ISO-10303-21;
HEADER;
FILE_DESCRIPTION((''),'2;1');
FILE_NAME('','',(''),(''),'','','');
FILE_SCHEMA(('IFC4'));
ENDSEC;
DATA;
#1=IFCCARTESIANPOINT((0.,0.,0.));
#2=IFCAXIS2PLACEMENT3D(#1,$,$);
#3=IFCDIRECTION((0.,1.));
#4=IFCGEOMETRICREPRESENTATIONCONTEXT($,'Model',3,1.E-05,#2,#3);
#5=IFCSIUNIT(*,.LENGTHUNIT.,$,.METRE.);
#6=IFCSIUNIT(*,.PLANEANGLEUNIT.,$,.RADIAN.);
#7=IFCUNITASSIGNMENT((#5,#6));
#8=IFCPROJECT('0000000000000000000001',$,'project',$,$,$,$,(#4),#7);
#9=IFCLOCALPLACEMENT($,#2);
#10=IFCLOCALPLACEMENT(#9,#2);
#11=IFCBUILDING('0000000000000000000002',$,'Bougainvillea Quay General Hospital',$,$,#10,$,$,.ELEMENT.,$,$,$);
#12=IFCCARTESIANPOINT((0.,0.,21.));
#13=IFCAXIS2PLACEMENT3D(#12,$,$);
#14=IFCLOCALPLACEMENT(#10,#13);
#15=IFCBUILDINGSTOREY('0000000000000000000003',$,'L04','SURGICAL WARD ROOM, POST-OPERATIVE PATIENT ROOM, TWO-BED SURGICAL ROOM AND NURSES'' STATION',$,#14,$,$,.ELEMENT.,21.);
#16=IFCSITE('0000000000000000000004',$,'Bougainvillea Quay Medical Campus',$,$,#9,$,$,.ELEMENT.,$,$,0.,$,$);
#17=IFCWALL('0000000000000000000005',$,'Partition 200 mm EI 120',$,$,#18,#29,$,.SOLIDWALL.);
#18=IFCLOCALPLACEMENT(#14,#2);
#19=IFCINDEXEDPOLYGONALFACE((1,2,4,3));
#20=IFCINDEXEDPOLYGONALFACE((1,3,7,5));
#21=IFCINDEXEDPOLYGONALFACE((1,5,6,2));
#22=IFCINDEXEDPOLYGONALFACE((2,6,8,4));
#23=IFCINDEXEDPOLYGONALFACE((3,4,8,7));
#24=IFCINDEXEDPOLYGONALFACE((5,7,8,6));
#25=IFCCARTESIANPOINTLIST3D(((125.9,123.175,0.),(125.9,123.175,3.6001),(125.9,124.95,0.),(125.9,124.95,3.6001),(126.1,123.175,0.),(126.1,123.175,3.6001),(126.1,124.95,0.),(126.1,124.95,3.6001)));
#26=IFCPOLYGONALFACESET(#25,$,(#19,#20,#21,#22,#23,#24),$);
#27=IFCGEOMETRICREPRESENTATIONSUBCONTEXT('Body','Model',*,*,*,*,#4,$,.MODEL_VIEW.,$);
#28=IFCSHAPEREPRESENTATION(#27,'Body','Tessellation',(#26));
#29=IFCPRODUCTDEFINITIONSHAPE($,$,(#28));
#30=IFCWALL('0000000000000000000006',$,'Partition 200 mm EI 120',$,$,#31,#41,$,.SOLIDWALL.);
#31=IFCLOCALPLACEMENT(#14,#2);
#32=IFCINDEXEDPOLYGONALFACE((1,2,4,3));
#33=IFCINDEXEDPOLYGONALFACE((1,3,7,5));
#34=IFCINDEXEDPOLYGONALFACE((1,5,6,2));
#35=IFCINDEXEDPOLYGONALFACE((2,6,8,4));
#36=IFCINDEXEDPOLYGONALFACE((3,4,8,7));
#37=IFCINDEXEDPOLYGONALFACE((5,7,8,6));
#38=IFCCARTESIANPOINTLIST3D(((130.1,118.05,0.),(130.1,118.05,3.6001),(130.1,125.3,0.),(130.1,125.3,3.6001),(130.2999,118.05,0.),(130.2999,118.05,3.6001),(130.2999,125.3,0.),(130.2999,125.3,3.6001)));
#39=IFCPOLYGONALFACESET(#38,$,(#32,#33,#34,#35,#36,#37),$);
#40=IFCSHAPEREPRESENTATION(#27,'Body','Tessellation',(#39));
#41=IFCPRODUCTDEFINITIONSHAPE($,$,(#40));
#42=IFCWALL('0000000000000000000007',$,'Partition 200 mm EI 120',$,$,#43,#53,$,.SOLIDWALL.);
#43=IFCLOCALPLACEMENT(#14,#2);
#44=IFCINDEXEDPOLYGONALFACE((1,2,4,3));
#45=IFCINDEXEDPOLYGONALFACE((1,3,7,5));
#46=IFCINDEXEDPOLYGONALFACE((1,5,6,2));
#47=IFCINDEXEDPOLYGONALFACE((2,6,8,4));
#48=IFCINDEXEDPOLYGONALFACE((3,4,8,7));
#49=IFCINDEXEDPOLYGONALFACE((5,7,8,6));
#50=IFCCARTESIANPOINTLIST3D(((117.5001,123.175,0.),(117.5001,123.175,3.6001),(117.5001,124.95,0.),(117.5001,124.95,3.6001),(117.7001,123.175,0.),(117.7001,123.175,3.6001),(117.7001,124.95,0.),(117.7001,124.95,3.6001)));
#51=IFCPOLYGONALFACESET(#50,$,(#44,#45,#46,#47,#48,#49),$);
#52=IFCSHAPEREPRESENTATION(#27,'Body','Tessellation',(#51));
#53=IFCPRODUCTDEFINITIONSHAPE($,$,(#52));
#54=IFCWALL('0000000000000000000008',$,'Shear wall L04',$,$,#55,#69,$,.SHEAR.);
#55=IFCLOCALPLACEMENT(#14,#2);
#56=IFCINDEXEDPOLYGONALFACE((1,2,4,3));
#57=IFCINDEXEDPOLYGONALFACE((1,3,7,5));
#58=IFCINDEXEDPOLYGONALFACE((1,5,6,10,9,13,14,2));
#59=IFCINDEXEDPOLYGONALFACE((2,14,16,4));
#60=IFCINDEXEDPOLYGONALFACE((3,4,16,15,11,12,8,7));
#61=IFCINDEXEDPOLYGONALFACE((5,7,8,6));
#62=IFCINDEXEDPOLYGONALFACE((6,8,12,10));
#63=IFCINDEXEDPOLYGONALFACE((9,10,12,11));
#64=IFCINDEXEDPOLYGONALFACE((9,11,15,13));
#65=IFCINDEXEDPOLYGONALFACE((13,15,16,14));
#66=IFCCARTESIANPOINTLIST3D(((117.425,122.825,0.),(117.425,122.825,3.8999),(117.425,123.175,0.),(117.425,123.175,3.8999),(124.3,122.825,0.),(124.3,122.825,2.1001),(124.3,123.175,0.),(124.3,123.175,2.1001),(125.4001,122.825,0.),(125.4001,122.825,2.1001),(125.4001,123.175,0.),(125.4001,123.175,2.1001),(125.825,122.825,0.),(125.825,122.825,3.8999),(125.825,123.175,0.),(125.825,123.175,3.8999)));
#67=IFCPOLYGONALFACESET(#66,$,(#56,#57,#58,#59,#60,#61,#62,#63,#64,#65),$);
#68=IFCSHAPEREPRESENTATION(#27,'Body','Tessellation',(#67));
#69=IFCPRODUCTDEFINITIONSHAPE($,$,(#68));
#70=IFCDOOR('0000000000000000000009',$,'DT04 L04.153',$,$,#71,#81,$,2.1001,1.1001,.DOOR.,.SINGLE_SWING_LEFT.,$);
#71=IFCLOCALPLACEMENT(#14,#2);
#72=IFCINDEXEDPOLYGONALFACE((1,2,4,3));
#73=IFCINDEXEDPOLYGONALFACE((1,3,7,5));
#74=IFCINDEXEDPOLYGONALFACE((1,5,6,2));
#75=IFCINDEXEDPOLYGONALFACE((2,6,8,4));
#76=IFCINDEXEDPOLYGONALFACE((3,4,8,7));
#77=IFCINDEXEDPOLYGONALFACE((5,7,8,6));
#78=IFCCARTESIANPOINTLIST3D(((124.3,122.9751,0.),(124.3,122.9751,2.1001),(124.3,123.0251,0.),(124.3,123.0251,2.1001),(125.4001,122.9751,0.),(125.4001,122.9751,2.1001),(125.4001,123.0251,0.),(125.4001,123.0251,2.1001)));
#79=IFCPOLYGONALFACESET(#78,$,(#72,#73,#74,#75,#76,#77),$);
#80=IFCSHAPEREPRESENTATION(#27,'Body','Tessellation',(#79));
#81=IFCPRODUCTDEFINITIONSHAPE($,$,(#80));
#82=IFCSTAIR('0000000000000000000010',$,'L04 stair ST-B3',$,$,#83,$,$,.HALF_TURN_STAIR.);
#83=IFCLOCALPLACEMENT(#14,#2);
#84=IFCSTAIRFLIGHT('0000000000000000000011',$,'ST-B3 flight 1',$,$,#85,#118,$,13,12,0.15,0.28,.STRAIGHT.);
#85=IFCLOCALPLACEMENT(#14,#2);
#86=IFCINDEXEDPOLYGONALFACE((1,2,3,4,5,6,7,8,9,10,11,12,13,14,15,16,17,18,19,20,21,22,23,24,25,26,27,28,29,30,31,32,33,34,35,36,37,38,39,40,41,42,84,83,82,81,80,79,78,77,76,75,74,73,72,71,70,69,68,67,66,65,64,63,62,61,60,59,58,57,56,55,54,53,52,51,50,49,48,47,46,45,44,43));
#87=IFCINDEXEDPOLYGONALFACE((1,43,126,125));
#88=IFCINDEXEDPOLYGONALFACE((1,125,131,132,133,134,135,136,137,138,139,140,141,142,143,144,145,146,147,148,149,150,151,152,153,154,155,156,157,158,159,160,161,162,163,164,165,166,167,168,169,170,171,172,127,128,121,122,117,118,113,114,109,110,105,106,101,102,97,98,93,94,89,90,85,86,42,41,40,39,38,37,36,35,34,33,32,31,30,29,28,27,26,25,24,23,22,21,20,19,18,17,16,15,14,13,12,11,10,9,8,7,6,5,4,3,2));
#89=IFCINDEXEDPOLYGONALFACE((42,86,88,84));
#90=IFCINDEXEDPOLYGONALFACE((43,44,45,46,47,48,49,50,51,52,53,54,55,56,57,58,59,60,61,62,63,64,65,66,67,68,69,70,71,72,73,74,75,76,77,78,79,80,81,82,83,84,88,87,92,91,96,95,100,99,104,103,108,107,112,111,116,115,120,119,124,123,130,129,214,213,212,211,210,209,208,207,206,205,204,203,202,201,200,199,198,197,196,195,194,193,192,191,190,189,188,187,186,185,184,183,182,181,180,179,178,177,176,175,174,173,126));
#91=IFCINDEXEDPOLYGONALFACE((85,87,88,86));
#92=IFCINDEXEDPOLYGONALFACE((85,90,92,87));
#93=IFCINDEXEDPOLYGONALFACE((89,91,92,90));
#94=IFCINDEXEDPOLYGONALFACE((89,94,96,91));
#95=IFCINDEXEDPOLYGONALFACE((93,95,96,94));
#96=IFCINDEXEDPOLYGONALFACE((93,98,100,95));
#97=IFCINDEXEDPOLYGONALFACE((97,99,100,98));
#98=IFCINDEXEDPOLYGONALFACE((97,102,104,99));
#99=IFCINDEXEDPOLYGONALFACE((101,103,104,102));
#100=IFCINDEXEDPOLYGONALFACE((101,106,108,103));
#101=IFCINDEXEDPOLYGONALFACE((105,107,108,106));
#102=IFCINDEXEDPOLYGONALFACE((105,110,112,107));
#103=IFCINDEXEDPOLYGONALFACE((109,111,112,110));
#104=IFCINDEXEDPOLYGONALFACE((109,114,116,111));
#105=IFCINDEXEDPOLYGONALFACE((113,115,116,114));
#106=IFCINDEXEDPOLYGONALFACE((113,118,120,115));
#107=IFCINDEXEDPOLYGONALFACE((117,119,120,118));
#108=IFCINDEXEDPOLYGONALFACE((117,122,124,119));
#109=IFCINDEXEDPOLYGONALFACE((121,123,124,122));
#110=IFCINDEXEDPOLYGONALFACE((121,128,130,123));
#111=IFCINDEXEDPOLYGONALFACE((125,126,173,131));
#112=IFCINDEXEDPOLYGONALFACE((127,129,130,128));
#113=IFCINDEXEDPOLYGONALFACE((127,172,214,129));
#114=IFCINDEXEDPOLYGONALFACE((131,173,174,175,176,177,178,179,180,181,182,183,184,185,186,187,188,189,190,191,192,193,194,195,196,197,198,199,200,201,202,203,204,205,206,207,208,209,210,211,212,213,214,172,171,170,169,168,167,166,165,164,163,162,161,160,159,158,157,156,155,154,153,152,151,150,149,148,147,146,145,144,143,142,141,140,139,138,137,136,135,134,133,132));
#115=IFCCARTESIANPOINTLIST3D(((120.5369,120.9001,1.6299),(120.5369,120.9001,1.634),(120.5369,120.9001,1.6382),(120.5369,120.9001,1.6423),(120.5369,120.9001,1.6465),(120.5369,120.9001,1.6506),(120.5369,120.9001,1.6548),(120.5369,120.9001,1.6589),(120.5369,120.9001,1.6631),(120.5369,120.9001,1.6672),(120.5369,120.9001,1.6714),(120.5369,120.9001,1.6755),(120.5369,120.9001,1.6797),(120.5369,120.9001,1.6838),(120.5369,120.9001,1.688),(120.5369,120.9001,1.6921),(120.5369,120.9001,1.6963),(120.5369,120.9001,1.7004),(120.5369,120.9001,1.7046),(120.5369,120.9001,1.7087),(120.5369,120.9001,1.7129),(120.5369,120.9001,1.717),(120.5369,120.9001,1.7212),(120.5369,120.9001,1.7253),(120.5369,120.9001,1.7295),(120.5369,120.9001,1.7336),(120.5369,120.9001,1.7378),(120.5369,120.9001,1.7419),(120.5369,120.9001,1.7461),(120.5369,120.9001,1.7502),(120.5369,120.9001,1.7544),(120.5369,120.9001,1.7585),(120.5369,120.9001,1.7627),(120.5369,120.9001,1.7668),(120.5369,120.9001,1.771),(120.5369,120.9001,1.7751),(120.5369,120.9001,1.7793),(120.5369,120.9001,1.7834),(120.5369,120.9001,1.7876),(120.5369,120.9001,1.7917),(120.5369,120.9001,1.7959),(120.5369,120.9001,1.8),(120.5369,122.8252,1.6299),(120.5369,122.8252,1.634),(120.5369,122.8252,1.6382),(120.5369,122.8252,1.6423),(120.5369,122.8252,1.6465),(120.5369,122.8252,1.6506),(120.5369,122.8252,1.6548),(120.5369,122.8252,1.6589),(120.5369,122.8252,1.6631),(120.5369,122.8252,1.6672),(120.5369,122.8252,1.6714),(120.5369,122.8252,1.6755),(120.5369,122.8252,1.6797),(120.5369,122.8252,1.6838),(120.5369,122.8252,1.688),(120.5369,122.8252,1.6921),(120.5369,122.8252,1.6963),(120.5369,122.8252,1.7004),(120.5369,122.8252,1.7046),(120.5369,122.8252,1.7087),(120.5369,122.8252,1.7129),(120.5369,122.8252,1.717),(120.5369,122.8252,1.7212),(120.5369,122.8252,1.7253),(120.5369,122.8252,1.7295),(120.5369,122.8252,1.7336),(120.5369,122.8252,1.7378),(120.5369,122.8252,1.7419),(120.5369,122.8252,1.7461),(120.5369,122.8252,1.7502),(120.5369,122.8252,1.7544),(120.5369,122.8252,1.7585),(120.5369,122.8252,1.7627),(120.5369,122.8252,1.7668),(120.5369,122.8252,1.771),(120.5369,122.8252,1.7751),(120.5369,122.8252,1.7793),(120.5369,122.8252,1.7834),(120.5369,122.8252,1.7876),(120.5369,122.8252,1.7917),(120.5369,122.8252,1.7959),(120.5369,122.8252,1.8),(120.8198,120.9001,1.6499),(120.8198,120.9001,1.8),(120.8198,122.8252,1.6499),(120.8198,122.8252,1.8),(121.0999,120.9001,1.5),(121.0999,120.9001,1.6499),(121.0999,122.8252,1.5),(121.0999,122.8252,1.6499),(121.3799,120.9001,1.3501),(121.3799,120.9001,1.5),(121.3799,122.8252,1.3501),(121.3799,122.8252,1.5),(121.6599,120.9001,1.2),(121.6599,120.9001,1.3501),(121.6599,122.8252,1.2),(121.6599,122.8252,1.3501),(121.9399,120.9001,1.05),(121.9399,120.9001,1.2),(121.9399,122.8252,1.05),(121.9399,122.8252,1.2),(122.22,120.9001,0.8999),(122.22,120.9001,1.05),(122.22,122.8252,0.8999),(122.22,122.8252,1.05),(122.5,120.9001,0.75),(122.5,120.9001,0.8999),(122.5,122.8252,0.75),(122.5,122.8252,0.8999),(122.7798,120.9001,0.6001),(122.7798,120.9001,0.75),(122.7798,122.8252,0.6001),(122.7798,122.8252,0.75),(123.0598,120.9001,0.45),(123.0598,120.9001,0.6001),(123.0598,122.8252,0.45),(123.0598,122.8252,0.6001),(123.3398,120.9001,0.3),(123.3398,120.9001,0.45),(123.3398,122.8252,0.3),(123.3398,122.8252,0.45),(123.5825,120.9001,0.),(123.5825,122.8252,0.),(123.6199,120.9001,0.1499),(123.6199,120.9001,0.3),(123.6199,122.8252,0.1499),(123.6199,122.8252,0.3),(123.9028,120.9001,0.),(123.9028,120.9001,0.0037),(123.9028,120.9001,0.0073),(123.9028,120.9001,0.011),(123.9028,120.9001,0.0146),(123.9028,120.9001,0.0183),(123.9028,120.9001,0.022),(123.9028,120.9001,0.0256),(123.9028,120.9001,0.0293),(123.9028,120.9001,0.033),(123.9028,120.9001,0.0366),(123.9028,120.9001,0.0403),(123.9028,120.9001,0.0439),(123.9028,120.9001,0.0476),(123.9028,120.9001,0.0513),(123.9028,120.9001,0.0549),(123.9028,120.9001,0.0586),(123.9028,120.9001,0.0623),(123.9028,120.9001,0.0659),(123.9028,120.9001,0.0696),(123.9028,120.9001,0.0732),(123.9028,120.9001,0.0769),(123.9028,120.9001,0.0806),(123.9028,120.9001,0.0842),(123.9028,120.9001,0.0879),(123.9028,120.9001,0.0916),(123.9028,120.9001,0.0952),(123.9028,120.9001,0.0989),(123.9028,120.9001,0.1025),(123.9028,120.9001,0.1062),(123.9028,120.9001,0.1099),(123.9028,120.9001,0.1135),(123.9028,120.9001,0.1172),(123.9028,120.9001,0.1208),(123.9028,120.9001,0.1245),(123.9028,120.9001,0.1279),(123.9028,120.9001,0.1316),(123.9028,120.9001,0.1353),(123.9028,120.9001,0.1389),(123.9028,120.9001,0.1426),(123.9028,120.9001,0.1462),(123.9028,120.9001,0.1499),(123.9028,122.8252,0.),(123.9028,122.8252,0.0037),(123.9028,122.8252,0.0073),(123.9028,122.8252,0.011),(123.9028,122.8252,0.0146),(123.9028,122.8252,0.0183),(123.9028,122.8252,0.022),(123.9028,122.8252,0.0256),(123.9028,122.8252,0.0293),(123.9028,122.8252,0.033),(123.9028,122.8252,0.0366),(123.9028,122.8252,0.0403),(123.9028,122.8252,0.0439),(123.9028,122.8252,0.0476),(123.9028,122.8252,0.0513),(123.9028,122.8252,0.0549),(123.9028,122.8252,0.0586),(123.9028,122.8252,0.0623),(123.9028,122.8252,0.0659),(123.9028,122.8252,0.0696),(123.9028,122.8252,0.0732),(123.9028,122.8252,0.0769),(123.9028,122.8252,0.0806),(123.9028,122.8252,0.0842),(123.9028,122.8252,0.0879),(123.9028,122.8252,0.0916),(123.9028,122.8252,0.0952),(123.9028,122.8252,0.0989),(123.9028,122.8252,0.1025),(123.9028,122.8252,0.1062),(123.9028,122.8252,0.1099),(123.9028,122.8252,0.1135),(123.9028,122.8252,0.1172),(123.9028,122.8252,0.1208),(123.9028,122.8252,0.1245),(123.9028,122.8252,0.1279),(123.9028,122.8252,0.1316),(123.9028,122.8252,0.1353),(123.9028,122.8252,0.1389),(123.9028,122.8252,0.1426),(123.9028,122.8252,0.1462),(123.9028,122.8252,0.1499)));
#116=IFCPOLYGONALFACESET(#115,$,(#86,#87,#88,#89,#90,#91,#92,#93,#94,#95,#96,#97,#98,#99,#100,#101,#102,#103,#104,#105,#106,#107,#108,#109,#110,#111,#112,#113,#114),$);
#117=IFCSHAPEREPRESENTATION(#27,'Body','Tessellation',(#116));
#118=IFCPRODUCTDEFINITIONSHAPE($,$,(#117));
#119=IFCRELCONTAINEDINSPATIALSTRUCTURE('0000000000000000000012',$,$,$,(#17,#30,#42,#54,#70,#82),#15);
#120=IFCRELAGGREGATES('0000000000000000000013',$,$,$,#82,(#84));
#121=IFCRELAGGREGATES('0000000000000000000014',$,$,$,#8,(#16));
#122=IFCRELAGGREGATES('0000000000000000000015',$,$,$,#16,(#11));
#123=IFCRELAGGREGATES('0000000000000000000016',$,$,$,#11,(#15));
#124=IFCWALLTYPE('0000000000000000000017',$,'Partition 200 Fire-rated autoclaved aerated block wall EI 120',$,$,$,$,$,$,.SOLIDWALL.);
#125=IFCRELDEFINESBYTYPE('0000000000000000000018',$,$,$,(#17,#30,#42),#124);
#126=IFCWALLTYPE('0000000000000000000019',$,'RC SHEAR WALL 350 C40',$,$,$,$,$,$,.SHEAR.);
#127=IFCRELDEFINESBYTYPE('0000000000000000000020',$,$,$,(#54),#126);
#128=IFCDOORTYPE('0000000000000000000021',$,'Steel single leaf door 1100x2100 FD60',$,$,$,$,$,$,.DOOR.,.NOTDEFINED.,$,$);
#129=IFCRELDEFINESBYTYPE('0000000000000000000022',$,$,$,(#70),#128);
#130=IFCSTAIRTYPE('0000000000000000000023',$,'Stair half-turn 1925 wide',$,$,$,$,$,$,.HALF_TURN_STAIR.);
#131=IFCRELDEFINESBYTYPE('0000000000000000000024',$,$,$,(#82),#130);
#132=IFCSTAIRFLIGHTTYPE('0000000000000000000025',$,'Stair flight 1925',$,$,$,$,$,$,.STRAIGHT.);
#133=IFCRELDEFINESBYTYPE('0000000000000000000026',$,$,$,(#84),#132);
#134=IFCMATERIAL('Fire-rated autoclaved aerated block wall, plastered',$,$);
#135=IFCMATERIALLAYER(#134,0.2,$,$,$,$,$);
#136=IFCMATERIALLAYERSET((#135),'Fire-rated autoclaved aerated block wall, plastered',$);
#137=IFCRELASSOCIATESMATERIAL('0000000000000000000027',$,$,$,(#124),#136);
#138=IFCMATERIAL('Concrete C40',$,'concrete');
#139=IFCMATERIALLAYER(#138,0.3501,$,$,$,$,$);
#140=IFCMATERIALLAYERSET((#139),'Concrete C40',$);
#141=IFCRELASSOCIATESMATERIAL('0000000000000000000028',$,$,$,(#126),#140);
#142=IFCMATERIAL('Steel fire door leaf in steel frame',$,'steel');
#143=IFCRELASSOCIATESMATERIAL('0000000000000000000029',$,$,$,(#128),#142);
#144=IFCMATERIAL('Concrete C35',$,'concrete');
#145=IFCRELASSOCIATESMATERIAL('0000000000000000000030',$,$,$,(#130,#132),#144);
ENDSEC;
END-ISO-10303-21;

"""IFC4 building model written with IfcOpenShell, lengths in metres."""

from ifc_helpers import new_model, si_unit, direction, frame, frame_2d, origin, place, context, subcontext, project, spatial, polyline, rectangle, outline, extrude, material, layer, layer_set, type_object, element, fill, aggregate, save


model = new_model("IFC4")

# Units and contexts
model_context = context("Model", 3, precision=1e-05, world=origin(), true_north=direction((0.0, 1.0)))
body_context = subcontext(model_context, "Body", "Model", "MODEL_VIEW")
ifc_project = project(units=[si_unit("LENGTHUNIT", "METRE"), si_unit("PLANEANGLEUNIT", "RADIAN")], contexts=[model_context])

# Site, building, storey
site_placement = place(None, origin())
site = spatial("IfcSite", under=ifc_project, at=site_placement, Name="Bougainvillea Quay Medical Campus", CompositionType="ELEMENT", RefElevation=0.0)
building_placement = place(site_placement, origin())
building = spatial("IfcBuilding", under=site, at=building_placement, Name="Bougainvillea Quay General Hospital", CompositionType="ELEMENT")
storey_placement = place(building_placement, frame((0.0, 0.0, 21.0)))
storey = spatial("IfcBuildingStorey", under=building, at=storey_placement, Name="L04", Description="SURGICAL WARD ROOM, POST-OPERATIVE PATIENT ROOM, TWO-BED SURGICAL ROOM AND NURSES' STATION", CompositionType="ELEMENT", Elevation=21.0)

# Walls
ifc_material_1 = material(Name="Fire-rated autoclaved aerated block wall, plastered")
ifc_layer_1 = layer(ifc_material_1, 0.2)
ifc_layer_set_1 = layer_set([ifc_layer_1], Name="Fire-rated autoclaved aerated block wall, plastered")
wall_type_1 = type_object("IfcWallType", Name="Partition 200 Fire-rated autoclaved aerated block wall EI 120", PredefinedType="SOLIDWALL", material=ifc_layer_set_1)
wall_1_placement = place(storey_placement, frame((126.0, 123.175, 0.0), z_axis=(0.0, 0.0, 1.0), x_axis=(0.0, 1.0, 0.0)))
element("IfcWall", 1, at=wall_1_placement, inside=storey, type_object=wall_type_1, Name="Partition 200 mm EI 120", PredefinedType="SOLIDWALL", context=body_context, shape_type="SweptSolid", body=[
    extrude(rectangle(XDim=1.7749, YDim=0.2, at=frame_2d((0.8875, 0.0))), origin(), (0.0, 0.0, 1.0), 3.6001),
])
wall_2_placement = place(storey_placement, frame((130.2, 118.05, 0.0), z_axis=(0.0, 0.0, 1.0), x_axis=(0.0, 1.0, 0.0)))
element("IfcWall", 2, at=wall_2_placement, inside=storey, type_object=wall_type_1, Name="Partition 200 mm EI 120", PredefinedType="SOLIDWALL", context=body_context, shape_type="SweptSolid", body=[
    extrude(rectangle(XDim=7.25, YDim=0.2, at=frame_2d((3.625, 0.0))), origin(), (0.0, 0.0, 1.0), 3.6001),
])
wall_3_placement = place(storey_placement, frame((117.6001, 123.175, 0.0), z_axis=(0.0, 0.0, 1.0), x_axis=(0.0, 1.0, 0.0)))
element("IfcWall", 3, at=wall_3_placement, inside=storey, type_object=wall_type_1, Name="Partition 200 mm EI 120", PredefinedType="SOLIDWALL", context=body_context, shape_type="SweptSolid", body=[
    extrude(rectangle(XDim=1.7749, YDim=0.2, at=frame_2d((0.8875, 0.0))), origin(), (0.0, 0.0, 1.0), 3.6001),
])

# Wall, opening, door
ifc_material_2 = material(Name="Concrete C40", Category="concrete")
ifc_layer_2 = layer(ifc_material_2, 0.3501)
ifc_layer_set_2 = layer_set([ifc_layer_2], Name="Concrete C40")
wall_type_2 = type_object("IfcWallType", Name="RC SHEAR WALL 350 C40", PredefinedType="SHEAR", material=ifc_layer_set_2)
wall_4_placement = place(storey_placement, frame((117.425, 123.0, 0.0), z_axis=(0.0, 0.0, 1.0), x_axis=(1.0, 0.0, 0.0)))
wall_4 = element("IfcWall", 4, at=wall_4_placement, inside=storey, type_object=wall_type_2, Name="Shear wall L04", PredefinedType="SHEAR", context=body_context, shape_type="SweptSolid", body=[
    extrude(rectangle(XDim=8.3999, YDim=0.3501, at=frame_2d((4.2, 0.0))), origin(), (0.0, 0.0, 1.0), 3.8999),
])
opening_1_placement = place(wall_4_placement, frame((6.875, 0.0, 0.0)))
opening_1 = element("IfcOpeningElement", 5, at=opening_1_placement, cuts=wall_4, PredefinedType="OPENING", context=body_context, shape_type="SweptSolid", body=[
    extrude(rectangle(XDim=1.1001, YDim=2.1001, at=frame_2d((0.55, 1.05))), frame((0.0, 0.1851, 0.0), z_axis=(0.0, -1.0, 0.0), x_axis=(1.0, 0.0, 0.0)), (0.0, 0.0, 1.0), 0.3701),
])
ifc_material_3 = material(Name="Steel fire door leaf in steel frame", Category="steel")
door_type_1 = type_object("IfcDoorType", Name="Steel single leaf door 1100x2100 FD60", OperationType="NOTDEFINED", PredefinedType="DOOR", material=ifc_material_3)
door_1_placement = place(opening_1_placement, frame((1.1001, 0.0, 0.0), z_axis=(0.0, 0.0, 1.0), x_axis=(-1.0, 0.0, 0.0)))
door_1 = element("IfcDoor", 6, at=door_1_placement, inside=storey, type_object=door_type_1, Name="DT04 L04.153", OperationType="SINGLE_SWING_LEFT", OverallHeight=2.1001, OverallWidth=1.1001, PredefinedType="DOOR", context=body_context, shape_type="SweptSolid", body=[
    extrude(rectangle(XDim=1.1001, YDim=2.1001, at=frame_2d((0.55, 1.05))), frame((0.0, 0.0249, 0.0), z_axis=(0.0, -1.0, 0.0), x_axis=(1.0, 0.0, 0.0)), (0.0, 0.0, 1.0), 0.05),
])
fill(opening_1, door_1)

# Stair, stair flight
ifc_material_4 = material(Name="Concrete C35", Category="concrete")
stair_type = type_object("IfcStairType", Name="Stair half-turn 1925 wide", PredefinedType="HALF_TURN_STAIR", material=ifc_material_4)
stair_placement = place(storey_placement, origin())
stair = element("IfcStair", 7, at=stair_placement, inside=storey, type_object=stair_type, Name="L04 stair ST-B3", PredefinedType="HALF_TURN_STAIR")
stair_flight_type = type_object("IfcStairFlightType", Name="Stair flight 1925", PredefinedType="STRAIGHT", material=ifc_material_4)
stair_flight_1_placement = place(storey_placement, frame((123.8999, 121.8625, 0.0), z_axis=(0.0, 0.0, 1.0), x_axis=(-1.0, 0.0, 0.0)))
stair_flight_1 = element("IfcStairFlight", 8, at=stair_flight_1_placement, type_object=stair_flight_type, Name="ST-B3 flight 1", NumberOfRisers=13, NumberOfTreads=12, PredefinedType="STRAIGHT", RiserHeight=0.15, TreadLength=0.28, context=body_context, shape_type="SweptSolid", body=[
    extrude(outline(polyline([(-0.0029, 0.0), (-0.0029, 0.0037), (-0.0029, 0.0073), (-0.0029, 0.011), (-0.0029, 0.0146), (-0.0029, 0.0183), (-0.0029, 0.022), (-0.0029, 0.0256), (-0.0029, 0.0293), (-0.0029, 0.033), (-0.0029, 0.0366), (-0.0029, 0.0403), (-0.0029, 0.0439), (-0.0029, 0.0476), (-0.0029, 0.0513), (-0.0029, 0.0549), (-0.0029, 0.0586), (-0.0029, 0.0623), (-0.0029, 0.0659), (-0.0029, 0.0696), (-0.0029, 0.0732), (-0.0029, 0.0769), (-0.0029, 0.0806), (-0.0029, 0.0842), (-0.0029, 0.0879), (-0.0029, 0.0916), (-0.0029, 0.0952), (-0.0029, 0.0989), (-0.0029, 0.1025), (-0.0029, 0.1062), (-0.0029, 0.1099), (-0.0029, 0.1135), (-0.0029, 0.1172), (-0.0029, 0.1208), (-0.0029, 0.1245), (-0.0029, 0.1279), (-0.0029, 0.1316), (-0.0029, 0.1353), (-0.0029, 0.1389), (-0.0029, 0.1426), (-0.0029, 0.1462), (-0.0029, 0.1499), (0.28, 0.1499), (0.28, 0.3), (0.5601, 0.3), (0.5601, 0.45), (0.8401, 0.45), (0.8401, 0.6001), (1.1201, 0.6001), (1.1201, 0.75), (1.3999, 0.75), (1.3999, 0.8999), (1.6799, 0.8999), (1.6799, 1.05), (1.96, 1.05), (1.96, 1.2), (2.24, 1.2), (2.24, 1.3501), (2.52, 1.3501), (2.52, 1.5), (2.8, 1.5), (2.8, 1.6499), (3.0801, 1.6499), (3.0801, 1.8), (3.363, 1.8), (3.363, 1.7959), (3.363, 1.7917), (3.363, 1.7876), (3.363, 1.7834), (3.363, 1.7793), (3.363, 1.7751), (3.363, 1.771), (3.363, 1.7668), (3.363, 1.7627), (3.363, 1.7585), (3.363, 1.7544), (3.363, 1.7502), (3.363, 1.7461), (3.363, 1.7419), (3.363, 1.7378), (3.363, 1.7336), (3.363, 1.7295), (3.363, 1.7253), (3.363, 1.7212), (3.363, 1.717), (3.363, 1.7129), (3.363, 1.7087), (3.363, 1.7046), (3.363, 1.7004), (3.363, 1.6963), (3.363, 1.6921), (3.363, 1.688), (3.363, 1.6838), (3.363, 1.6797), (3.363, 1.6755), (3.363, 1.6714), (3.363, 1.6672), (3.363, 1.6631), (3.363, 1.6589), (3.363, 1.6548), (3.363, 1.6506), (3.363, 1.6465), (3.363, 1.6423), (3.363, 1.6382), (3.363, 1.634), (3.363, 1.6299), (0.3174, 0.0), (-0.0029, 0.0)])), frame((0.0, 0.9624, 0.0), z_axis=(0.0, -1.0, 0.0), x_axis=(1.0, 0.0, 0.0)), (0.0, 0.0, 1.0), 1.925),
])
aggregate(stair, [stair_flight_1])

save(model, "model.ifc")
